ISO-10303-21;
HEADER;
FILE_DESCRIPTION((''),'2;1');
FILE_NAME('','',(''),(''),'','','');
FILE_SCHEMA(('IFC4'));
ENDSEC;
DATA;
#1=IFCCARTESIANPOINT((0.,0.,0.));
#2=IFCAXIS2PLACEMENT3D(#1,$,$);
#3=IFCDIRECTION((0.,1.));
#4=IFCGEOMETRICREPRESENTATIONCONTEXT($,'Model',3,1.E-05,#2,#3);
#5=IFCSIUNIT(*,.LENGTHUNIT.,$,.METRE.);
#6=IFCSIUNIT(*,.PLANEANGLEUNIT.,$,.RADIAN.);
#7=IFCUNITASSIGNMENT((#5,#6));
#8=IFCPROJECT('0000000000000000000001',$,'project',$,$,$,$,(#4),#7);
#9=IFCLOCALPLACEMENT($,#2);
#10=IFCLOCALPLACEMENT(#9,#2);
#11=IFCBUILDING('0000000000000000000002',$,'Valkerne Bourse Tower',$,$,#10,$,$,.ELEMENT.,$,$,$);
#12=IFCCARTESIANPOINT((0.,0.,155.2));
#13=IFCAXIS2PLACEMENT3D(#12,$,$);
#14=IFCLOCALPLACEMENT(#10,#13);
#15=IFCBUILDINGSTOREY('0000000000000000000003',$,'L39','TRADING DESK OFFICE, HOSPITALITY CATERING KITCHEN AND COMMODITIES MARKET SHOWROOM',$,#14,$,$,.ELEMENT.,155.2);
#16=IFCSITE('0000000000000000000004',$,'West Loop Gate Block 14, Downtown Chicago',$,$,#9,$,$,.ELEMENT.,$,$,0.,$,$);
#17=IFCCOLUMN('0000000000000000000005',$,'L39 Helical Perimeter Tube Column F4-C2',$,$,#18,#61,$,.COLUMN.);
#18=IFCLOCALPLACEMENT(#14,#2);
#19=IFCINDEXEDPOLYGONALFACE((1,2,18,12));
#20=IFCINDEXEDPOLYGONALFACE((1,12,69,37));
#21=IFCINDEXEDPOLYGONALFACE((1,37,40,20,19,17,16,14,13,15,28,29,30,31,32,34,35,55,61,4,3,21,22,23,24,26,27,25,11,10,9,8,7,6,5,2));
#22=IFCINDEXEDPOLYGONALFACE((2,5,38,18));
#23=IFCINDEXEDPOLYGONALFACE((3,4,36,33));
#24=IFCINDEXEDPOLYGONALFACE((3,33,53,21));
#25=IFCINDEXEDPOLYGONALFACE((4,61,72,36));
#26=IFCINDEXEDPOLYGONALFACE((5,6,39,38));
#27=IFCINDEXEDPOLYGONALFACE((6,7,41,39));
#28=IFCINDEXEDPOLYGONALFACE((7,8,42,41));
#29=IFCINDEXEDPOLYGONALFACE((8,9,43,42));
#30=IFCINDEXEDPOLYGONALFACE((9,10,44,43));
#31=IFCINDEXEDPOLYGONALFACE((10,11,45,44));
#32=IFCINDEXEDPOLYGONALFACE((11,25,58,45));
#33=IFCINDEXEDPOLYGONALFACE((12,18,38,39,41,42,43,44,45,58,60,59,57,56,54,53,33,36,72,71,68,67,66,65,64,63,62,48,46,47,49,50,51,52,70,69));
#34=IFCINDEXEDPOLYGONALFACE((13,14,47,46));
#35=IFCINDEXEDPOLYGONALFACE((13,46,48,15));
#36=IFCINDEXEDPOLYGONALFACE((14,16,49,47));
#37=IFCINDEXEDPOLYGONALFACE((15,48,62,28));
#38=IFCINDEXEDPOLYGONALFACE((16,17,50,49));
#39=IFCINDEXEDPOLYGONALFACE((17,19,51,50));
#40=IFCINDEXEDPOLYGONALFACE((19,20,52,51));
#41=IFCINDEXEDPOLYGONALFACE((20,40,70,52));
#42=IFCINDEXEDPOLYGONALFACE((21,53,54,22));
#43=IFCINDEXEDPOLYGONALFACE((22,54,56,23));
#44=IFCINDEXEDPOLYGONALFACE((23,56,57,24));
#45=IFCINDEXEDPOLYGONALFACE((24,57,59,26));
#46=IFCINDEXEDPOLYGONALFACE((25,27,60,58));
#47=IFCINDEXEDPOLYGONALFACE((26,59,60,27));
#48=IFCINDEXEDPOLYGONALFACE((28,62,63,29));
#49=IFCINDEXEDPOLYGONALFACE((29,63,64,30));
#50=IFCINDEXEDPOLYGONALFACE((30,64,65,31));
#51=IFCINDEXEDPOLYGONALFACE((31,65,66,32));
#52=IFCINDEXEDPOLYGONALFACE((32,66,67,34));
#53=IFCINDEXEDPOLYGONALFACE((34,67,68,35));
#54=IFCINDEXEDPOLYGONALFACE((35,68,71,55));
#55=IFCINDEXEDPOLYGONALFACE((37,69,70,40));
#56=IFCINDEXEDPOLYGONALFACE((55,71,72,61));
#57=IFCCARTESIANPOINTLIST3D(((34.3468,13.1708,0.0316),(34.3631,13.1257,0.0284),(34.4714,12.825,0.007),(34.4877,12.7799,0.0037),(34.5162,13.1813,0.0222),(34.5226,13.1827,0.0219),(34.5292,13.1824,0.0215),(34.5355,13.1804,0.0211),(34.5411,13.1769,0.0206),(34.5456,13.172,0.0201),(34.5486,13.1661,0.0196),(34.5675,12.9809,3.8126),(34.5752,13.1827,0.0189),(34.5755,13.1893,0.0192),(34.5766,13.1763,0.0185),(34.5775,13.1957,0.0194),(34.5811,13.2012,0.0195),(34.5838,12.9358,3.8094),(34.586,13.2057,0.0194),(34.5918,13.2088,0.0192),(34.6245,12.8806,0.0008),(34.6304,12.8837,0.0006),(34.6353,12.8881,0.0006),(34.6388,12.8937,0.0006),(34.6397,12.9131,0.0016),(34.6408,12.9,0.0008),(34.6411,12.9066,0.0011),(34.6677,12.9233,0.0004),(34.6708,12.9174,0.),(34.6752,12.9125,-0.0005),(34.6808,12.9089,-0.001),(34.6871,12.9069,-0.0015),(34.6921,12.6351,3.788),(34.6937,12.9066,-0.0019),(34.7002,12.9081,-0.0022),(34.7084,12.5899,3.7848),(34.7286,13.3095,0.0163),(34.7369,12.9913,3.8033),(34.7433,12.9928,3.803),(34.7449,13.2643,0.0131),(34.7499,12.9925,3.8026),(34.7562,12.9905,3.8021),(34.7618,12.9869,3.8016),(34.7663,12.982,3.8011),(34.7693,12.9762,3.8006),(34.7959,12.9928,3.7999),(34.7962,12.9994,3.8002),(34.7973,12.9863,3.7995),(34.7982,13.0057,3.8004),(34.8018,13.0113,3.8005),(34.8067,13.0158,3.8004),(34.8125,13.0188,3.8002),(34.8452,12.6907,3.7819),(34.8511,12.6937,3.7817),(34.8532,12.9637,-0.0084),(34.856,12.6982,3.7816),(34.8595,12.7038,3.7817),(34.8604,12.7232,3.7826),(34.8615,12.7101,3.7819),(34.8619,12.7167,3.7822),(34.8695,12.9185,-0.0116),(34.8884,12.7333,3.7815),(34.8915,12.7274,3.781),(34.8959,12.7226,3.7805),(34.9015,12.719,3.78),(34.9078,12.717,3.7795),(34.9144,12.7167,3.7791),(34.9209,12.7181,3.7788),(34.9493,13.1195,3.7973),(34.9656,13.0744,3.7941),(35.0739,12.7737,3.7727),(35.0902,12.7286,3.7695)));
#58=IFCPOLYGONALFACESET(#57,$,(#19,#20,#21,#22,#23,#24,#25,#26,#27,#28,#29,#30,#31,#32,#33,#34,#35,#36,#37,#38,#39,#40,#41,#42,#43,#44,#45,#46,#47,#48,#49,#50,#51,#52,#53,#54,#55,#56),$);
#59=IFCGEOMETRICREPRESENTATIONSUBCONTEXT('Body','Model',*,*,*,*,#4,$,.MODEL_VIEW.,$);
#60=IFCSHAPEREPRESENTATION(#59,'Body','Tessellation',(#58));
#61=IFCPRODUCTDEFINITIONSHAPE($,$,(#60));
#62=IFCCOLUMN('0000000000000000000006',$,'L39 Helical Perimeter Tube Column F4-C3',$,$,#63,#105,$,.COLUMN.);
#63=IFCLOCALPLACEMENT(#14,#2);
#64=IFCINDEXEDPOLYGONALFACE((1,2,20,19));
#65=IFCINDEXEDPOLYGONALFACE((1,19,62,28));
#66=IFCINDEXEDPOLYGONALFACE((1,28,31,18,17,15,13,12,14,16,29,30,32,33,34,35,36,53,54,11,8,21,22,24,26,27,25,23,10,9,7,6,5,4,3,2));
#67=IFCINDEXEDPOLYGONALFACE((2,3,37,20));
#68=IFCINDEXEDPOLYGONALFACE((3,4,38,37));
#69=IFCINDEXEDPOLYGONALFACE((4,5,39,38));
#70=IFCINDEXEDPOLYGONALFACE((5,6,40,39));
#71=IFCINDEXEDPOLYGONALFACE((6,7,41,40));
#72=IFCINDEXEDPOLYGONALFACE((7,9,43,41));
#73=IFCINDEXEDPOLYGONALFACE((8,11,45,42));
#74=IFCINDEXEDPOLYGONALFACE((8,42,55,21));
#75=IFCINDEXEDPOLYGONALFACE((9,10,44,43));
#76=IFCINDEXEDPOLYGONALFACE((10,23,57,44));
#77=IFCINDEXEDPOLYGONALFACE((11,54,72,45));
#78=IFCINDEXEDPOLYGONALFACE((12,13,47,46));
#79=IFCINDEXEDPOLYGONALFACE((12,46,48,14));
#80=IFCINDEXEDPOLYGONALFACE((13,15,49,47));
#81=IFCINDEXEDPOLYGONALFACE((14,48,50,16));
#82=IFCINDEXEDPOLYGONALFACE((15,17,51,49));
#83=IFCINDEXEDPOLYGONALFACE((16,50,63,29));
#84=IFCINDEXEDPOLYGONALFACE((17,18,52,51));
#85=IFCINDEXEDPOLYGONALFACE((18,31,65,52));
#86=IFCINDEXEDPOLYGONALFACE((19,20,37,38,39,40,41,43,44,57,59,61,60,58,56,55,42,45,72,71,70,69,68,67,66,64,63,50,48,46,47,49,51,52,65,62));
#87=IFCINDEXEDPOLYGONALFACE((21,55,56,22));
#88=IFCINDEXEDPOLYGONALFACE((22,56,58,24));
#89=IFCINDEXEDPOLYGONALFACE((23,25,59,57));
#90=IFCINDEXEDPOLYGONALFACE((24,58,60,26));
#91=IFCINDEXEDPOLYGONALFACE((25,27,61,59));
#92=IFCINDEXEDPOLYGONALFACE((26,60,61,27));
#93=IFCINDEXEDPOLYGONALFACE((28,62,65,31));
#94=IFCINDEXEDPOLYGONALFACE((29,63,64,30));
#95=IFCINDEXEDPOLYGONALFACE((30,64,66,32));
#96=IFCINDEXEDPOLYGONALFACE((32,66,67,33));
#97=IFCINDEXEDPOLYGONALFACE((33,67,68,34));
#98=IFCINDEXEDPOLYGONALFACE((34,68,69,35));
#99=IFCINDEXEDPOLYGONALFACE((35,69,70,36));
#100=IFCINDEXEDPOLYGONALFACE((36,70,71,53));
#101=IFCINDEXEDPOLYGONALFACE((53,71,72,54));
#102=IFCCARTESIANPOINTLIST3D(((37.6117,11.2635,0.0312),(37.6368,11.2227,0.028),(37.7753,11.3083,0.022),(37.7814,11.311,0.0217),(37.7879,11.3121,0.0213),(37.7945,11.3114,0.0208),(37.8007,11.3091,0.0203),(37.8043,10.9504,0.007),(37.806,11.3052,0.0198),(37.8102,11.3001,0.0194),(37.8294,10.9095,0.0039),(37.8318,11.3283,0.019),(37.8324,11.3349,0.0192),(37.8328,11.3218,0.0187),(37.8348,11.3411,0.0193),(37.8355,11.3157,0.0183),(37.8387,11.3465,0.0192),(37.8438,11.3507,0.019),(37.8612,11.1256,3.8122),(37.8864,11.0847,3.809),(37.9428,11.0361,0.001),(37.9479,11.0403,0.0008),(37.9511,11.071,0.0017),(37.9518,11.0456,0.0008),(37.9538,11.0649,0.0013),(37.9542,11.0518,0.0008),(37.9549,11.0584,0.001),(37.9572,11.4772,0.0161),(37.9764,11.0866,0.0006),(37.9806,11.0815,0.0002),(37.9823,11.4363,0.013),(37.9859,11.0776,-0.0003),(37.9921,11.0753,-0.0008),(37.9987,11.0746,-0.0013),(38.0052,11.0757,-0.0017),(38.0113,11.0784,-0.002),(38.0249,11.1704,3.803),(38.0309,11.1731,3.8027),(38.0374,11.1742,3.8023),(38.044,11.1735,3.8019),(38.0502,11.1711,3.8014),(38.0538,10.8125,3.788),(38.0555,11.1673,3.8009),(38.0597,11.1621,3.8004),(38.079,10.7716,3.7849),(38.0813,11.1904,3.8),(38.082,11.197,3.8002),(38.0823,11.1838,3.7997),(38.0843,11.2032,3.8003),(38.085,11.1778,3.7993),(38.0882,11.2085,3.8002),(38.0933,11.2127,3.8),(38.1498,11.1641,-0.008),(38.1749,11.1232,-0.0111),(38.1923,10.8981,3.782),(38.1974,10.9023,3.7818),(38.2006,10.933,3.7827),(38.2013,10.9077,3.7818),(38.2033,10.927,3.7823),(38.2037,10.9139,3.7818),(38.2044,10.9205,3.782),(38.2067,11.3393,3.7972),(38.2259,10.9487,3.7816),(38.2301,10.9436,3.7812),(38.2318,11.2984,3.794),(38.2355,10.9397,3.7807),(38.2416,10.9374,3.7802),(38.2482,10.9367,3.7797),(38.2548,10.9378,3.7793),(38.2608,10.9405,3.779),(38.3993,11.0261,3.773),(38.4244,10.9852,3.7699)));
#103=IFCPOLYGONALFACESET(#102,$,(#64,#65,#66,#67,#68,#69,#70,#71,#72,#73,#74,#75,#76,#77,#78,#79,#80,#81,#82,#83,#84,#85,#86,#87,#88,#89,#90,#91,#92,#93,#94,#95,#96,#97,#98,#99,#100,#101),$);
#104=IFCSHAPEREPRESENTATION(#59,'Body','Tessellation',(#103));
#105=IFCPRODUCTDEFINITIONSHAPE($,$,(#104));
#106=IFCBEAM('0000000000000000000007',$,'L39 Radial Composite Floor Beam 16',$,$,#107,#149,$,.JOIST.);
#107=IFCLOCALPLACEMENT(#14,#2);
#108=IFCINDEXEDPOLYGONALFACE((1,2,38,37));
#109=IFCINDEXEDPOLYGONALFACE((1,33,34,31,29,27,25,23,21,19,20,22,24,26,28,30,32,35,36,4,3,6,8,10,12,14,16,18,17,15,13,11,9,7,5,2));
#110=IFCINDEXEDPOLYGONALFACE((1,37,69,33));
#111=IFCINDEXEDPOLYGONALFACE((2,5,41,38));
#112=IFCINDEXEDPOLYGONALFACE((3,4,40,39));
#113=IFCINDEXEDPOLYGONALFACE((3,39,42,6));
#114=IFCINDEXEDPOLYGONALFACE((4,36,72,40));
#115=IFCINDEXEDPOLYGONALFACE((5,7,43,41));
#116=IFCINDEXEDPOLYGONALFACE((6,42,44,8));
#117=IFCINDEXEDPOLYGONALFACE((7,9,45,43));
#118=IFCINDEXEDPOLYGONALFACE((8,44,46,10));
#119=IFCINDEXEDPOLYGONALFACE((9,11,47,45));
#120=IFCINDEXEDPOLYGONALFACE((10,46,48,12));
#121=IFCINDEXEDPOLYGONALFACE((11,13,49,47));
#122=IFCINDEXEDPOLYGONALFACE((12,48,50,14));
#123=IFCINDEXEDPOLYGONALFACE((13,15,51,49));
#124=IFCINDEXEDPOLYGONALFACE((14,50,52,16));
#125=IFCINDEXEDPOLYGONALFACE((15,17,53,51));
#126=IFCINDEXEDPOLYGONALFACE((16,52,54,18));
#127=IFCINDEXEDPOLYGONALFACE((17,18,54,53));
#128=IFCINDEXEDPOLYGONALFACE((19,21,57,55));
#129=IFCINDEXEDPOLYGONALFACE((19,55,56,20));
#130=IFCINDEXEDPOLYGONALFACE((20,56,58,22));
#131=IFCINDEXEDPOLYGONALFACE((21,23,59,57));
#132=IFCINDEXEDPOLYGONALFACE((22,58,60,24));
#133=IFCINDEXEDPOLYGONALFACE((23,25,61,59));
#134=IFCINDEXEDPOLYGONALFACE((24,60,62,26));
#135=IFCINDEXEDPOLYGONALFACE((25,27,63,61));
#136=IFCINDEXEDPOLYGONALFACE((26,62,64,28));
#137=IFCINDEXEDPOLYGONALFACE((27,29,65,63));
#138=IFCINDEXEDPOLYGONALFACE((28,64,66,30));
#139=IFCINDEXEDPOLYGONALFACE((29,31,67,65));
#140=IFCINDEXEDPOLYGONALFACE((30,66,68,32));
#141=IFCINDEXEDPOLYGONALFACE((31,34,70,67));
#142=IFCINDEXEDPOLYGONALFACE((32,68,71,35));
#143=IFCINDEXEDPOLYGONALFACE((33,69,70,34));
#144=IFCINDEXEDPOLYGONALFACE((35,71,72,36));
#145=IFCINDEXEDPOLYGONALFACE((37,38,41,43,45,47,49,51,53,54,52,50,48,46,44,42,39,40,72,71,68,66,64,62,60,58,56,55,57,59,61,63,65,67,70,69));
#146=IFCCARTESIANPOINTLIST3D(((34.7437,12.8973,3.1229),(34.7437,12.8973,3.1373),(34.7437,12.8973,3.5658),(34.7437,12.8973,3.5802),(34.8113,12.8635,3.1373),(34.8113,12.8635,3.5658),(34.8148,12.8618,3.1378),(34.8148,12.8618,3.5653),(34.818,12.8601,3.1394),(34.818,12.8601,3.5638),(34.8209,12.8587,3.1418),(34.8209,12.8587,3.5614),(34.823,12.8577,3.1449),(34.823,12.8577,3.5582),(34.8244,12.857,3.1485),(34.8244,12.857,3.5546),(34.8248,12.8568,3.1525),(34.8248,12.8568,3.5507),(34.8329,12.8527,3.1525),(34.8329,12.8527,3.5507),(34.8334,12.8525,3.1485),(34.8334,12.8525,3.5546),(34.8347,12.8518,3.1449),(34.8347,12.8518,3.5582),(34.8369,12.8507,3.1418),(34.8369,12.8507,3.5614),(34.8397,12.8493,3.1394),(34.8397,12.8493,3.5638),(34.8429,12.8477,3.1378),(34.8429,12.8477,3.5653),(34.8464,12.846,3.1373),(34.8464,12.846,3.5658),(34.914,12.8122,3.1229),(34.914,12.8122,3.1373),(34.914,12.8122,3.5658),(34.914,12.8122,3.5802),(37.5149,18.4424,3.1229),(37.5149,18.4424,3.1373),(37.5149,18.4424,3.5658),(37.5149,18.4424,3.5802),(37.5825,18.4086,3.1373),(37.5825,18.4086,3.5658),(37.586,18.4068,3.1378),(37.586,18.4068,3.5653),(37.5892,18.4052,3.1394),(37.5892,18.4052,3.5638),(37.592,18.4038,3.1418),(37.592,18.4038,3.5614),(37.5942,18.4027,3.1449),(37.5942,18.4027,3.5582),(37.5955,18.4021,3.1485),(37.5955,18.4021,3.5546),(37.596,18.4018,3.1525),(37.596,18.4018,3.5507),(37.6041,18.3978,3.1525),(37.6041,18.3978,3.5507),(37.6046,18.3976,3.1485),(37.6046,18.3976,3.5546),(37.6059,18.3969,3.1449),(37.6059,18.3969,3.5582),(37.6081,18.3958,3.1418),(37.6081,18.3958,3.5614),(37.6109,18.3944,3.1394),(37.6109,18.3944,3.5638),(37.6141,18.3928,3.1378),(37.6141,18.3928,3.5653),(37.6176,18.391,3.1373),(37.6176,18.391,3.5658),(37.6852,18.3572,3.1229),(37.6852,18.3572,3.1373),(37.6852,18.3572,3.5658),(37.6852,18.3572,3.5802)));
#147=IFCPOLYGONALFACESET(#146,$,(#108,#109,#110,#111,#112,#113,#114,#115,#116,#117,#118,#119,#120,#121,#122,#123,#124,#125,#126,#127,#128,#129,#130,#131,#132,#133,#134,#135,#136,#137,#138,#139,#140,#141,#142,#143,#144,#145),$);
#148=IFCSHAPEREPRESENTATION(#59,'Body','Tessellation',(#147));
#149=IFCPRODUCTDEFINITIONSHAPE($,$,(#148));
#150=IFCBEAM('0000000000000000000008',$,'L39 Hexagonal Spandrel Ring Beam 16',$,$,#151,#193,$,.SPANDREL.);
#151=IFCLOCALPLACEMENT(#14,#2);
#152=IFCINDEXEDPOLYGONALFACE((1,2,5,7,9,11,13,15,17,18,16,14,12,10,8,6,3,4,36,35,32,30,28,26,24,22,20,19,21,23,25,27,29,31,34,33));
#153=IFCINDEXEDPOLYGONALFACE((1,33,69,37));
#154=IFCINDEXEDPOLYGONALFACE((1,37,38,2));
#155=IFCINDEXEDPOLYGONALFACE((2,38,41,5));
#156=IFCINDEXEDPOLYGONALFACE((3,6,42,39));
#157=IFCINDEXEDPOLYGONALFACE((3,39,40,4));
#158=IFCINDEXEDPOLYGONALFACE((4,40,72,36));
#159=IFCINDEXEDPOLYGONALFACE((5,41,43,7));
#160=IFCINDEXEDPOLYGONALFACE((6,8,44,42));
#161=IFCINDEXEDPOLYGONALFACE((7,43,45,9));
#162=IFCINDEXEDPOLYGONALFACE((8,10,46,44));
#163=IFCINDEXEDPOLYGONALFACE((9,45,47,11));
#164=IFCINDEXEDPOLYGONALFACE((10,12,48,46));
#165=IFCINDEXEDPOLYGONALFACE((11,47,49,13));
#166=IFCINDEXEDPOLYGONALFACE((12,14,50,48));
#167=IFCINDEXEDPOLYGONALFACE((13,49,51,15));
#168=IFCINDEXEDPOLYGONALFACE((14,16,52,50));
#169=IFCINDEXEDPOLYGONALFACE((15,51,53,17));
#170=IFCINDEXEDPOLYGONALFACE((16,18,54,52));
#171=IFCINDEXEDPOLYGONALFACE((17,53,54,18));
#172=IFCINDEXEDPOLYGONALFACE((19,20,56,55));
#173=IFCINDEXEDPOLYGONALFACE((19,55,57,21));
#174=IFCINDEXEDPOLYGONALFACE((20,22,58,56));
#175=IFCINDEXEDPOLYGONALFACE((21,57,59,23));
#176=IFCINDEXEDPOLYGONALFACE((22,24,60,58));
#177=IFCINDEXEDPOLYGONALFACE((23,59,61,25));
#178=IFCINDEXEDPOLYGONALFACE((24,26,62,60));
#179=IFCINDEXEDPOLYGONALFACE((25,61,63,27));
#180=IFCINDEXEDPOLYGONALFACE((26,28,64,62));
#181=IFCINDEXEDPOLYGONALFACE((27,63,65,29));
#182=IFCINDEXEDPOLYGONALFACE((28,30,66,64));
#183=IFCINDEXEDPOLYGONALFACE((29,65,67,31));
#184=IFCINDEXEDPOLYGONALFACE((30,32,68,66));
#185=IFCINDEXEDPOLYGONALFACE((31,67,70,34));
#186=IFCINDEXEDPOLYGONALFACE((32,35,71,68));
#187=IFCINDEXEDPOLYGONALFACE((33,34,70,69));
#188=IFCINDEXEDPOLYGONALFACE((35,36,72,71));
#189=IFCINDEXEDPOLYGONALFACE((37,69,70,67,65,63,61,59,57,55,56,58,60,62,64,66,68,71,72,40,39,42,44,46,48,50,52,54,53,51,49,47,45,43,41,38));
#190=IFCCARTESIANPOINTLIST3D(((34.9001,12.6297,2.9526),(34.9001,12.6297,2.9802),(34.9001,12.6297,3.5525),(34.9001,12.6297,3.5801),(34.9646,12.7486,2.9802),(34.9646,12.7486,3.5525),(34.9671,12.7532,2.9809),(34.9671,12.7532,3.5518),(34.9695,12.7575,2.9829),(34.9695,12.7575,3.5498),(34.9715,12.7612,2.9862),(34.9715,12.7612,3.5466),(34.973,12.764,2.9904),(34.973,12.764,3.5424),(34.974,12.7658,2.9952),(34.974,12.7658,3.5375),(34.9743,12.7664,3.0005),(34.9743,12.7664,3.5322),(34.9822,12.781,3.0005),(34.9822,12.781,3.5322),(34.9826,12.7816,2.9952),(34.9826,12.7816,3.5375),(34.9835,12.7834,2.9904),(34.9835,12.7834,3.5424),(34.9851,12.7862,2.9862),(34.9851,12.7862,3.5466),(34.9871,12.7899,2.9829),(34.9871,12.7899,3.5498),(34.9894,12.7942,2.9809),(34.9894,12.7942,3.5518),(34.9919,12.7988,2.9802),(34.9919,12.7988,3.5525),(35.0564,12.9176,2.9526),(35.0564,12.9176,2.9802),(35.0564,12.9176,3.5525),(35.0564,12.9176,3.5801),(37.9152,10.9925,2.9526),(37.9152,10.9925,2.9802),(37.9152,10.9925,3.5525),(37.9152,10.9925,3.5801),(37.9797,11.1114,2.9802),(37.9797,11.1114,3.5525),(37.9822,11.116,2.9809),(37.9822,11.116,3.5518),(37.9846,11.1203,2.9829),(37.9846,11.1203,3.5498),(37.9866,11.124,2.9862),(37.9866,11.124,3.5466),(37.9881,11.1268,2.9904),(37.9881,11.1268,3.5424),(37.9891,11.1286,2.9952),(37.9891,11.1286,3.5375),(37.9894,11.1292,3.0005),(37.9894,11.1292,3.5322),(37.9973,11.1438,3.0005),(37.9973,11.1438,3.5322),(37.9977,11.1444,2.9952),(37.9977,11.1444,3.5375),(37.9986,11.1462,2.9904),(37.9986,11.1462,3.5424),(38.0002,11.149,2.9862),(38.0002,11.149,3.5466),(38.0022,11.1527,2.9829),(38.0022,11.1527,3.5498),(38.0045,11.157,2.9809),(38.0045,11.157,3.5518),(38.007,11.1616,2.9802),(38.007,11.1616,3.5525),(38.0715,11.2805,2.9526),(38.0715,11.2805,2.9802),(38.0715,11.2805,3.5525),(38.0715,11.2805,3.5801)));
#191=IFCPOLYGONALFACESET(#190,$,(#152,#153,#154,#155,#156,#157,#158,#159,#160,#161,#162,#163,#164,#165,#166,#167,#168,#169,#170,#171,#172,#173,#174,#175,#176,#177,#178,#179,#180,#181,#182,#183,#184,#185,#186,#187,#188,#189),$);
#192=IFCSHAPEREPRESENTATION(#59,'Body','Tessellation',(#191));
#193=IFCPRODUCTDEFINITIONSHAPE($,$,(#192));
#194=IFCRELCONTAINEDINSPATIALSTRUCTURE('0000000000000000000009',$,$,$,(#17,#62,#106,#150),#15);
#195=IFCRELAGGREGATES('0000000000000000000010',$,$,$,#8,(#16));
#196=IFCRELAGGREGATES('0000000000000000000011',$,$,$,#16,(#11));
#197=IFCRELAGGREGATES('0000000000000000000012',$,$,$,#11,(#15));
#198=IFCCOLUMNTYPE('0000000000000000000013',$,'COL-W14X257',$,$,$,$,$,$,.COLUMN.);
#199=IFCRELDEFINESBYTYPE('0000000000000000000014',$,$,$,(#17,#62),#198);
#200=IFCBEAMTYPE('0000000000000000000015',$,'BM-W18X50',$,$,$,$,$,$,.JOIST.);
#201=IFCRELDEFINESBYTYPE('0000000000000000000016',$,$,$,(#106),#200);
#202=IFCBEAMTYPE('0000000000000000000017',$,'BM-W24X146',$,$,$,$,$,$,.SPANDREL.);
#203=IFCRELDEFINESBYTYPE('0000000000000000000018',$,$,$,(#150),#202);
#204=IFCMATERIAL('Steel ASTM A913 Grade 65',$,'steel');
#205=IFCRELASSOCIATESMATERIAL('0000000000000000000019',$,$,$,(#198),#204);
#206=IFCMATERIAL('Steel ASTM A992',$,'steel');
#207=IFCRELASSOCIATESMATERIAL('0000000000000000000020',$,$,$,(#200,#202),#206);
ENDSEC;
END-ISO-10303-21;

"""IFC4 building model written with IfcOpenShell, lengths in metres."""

from ifc_helpers import new_model, si_unit, direction, frame, origin, origin_2d, place, context, subcontext, project, spatial, i_section, extrude, material, material_profile, profile_set, type_object, element, save


model = new_model("IFC4")

# Units and contexts
model_context = context("Model", 3, precision=1e-05, world=origin(), true_north=direction((0.0, 1.0)))
body_context = subcontext(model_context, "Body", "Model", "MODEL_VIEW")
ifc_project = project(units=[si_unit("LENGTHUNIT", "METRE"), si_unit("PLANEANGLEUNIT", "RADIAN")], contexts=[model_context])

# Site, building, storey
site_placement = place(None, origin())
site = spatial("IfcSite", under=ifc_project, at=site_placement, Name="West Loop Gate Block 14, Downtown Chicago", CompositionType="ELEMENT", RefElevation=0.0)
building_placement = place(site_placement, origin())
building = spatial("IfcBuilding", under=site, at=building_placement, Name="Valkerne Bourse Tower", CompositionType="ELEMENT")
storey_placement = place(building_placement, frame((0.0, 0.0, 155.2)))
storey = spatial("IfcBuildingStorey", under=building, at=storey_placement, Name="L39", Description="TRADING DESK OFFICE, HOSPITALITY CATERING KITCHEN AND COMMODITIES MARKET SHOWROOM", CompositionType="ELEMENT", Elevation=155.2)

# Columns
ifc_material_1 = material(Name="Steel ASTM A913 Grade 65", Category="steel")
ifc_material_profile_1 = material_profile(ifc_material_1, i_section(OverallWidth=0.4065, OverallDepth=0.4165, WebThickness=0.0298, FlangeThickness=0.0481, FilletRadius=0.0254, at=origin_2d()), Name="W14X257")
ifc_profile_set_1 = profile_set([ifc_material_profile_1], Name="Steel ASTM A913 Grade 65")
column_type = type_object("IfcColumnType", Name="COL-W14X257", PredefinedType="COLUMN", material=ifc_profile_set_1)
column_1_placement = place(storey_placement, frame((34.6082, 13.0447, 0.01), z_axis=(0.058199, -0.050087, 0.997048), x_axis=(0.939284, 0.341064, -0.037694)))
element("IfcColumn", 1, at=column_1_placement, inside=storey, type_object=column_type, Name="L39 Helical Perimeter Tube Column F4-C2", PredefinedType="COLUMN", context=body_context, shape_type="SweptSolid", body=[
    extrude(i_section(OverallWidth=0.4065, OverallDepth=0.4165, WebThickness=0.0298, FlangeThickness=0.0481, FilletRadius=0.0254, at=origin_2d()), origin(), (0.0, 0.0, 1.0), 3.7922),
])
column_2_placement = place(storey_placement, frame((37.8933, 11.1934, 0.01), z_axis=(0.065804, -0.036379, 0.997169), x_axis=(0.84992, 0.525617, -0.036911)))
element("IfcColumn", 2, at=column_2_placement, inside=storey, type_object=column_type, Name="L39 Helical Perimeter Tube Column F4-C3", PredefinedType="COLUMN", context=body_context, shape_type="SweptSolid", body=[
    extrude(i_section(OverallWidth=0.4065, OverallDepth=0.4165, WebThickness=0.0298, FlangeThickness=0.0481, FilletRadius=0.0254, at=origin_2d()), origin(), (0.0, 0.0, 1.0), 3.7917),
])

# Beams
ifc_material_2 = material(Name="Steel ASTM A992", Category="steel")
ifc_material_profile_2 = material_profile(ifc_material_2, i_section(OverallWidth=0.1904, OverallDepth=0.4573, WebThickness=0.009, FlangeThickness=0.0144, FilletRadius=0.0151, at=origin_2d()), Name="W18X50")
ifc_profile_set_2 = profile_set([ifc_material_profile_2], Name="Steel ASTM A992")
beam_type_1 = type_object("IfcBeamType", Name="BM-W18X50", PredefinedType="JOIST", material=ifc_profile_set_2)
beam_1_placement = place(storey_placement, frame((34.8289, 12.8547, 3.3516), z_axis=(0.44704, 0.894514, 0.0), x_axis=(-0.894514, 0.44704, 0.0)))
element("IfcBeam", 3, at=beam_1_placement, inside=storey, type_object=beam_type_1, Name="L39 Radial Composite Floor Beam 16", PredefinedType="JOIST", context=body_context, shape_type="SweptSolid", body=[
    extrude(i_section(OverallWidth=0.1904, OverallDepth=0.4573, WebThickness=0.009, FlangeThickness=0.0144, FilletRadius=0.0151, at=origin_2d()), origin(), (0.0, 0.0, 1.0), 6.199),
])
ifc_material_profile_3 = material_profile(ifc_material_2, i_section(OverallWidth=0.3276, OverallDepth=0.6274, WebThickness=0.0166, FlangeThickness=0.0276, FilletRadius=0.0203, at=origin_2d()), Name="W24X146")
ifc_profile_set_3 = profile_set([ifc_material_profile_3], Name="Steel ASTM A992")
beam_type_2 = type_object("IfcBeamType", Name="BM-W24X146", PredefinedType="SPANDREL", material=ifc_profile_set_3)
for number, where, z_axis, x_axis, name in (
    (4, (34.9783, 12.7737, 3.2664), (0.878802, -0.477186, 0.0), (0.477186, 0.878802, 0.0), "L39 Hexagonal Spandrel Ring Beam 16"),
):
    element("IfcBeam", number, at=place(storey_placement, frame(where, z_axis=z_axis, x_axis=x_axis)), inside=storey, type_object=beam_type_2, Name=name, PredefinedType="SPANDREL", context=body_context, shape_type="SweptSolid", body=[
        extrude(i_section(OverallWidth=0.3276, OverallDepth=0.6274, WebThickness=0.0166, FlangeThickness=0.0276, FilletRadius=0.0203, at=origin_2d()), origin(), (0.0, 0.0, 1.0), 3.4309),
    ])

save(model, "model.ifc")
